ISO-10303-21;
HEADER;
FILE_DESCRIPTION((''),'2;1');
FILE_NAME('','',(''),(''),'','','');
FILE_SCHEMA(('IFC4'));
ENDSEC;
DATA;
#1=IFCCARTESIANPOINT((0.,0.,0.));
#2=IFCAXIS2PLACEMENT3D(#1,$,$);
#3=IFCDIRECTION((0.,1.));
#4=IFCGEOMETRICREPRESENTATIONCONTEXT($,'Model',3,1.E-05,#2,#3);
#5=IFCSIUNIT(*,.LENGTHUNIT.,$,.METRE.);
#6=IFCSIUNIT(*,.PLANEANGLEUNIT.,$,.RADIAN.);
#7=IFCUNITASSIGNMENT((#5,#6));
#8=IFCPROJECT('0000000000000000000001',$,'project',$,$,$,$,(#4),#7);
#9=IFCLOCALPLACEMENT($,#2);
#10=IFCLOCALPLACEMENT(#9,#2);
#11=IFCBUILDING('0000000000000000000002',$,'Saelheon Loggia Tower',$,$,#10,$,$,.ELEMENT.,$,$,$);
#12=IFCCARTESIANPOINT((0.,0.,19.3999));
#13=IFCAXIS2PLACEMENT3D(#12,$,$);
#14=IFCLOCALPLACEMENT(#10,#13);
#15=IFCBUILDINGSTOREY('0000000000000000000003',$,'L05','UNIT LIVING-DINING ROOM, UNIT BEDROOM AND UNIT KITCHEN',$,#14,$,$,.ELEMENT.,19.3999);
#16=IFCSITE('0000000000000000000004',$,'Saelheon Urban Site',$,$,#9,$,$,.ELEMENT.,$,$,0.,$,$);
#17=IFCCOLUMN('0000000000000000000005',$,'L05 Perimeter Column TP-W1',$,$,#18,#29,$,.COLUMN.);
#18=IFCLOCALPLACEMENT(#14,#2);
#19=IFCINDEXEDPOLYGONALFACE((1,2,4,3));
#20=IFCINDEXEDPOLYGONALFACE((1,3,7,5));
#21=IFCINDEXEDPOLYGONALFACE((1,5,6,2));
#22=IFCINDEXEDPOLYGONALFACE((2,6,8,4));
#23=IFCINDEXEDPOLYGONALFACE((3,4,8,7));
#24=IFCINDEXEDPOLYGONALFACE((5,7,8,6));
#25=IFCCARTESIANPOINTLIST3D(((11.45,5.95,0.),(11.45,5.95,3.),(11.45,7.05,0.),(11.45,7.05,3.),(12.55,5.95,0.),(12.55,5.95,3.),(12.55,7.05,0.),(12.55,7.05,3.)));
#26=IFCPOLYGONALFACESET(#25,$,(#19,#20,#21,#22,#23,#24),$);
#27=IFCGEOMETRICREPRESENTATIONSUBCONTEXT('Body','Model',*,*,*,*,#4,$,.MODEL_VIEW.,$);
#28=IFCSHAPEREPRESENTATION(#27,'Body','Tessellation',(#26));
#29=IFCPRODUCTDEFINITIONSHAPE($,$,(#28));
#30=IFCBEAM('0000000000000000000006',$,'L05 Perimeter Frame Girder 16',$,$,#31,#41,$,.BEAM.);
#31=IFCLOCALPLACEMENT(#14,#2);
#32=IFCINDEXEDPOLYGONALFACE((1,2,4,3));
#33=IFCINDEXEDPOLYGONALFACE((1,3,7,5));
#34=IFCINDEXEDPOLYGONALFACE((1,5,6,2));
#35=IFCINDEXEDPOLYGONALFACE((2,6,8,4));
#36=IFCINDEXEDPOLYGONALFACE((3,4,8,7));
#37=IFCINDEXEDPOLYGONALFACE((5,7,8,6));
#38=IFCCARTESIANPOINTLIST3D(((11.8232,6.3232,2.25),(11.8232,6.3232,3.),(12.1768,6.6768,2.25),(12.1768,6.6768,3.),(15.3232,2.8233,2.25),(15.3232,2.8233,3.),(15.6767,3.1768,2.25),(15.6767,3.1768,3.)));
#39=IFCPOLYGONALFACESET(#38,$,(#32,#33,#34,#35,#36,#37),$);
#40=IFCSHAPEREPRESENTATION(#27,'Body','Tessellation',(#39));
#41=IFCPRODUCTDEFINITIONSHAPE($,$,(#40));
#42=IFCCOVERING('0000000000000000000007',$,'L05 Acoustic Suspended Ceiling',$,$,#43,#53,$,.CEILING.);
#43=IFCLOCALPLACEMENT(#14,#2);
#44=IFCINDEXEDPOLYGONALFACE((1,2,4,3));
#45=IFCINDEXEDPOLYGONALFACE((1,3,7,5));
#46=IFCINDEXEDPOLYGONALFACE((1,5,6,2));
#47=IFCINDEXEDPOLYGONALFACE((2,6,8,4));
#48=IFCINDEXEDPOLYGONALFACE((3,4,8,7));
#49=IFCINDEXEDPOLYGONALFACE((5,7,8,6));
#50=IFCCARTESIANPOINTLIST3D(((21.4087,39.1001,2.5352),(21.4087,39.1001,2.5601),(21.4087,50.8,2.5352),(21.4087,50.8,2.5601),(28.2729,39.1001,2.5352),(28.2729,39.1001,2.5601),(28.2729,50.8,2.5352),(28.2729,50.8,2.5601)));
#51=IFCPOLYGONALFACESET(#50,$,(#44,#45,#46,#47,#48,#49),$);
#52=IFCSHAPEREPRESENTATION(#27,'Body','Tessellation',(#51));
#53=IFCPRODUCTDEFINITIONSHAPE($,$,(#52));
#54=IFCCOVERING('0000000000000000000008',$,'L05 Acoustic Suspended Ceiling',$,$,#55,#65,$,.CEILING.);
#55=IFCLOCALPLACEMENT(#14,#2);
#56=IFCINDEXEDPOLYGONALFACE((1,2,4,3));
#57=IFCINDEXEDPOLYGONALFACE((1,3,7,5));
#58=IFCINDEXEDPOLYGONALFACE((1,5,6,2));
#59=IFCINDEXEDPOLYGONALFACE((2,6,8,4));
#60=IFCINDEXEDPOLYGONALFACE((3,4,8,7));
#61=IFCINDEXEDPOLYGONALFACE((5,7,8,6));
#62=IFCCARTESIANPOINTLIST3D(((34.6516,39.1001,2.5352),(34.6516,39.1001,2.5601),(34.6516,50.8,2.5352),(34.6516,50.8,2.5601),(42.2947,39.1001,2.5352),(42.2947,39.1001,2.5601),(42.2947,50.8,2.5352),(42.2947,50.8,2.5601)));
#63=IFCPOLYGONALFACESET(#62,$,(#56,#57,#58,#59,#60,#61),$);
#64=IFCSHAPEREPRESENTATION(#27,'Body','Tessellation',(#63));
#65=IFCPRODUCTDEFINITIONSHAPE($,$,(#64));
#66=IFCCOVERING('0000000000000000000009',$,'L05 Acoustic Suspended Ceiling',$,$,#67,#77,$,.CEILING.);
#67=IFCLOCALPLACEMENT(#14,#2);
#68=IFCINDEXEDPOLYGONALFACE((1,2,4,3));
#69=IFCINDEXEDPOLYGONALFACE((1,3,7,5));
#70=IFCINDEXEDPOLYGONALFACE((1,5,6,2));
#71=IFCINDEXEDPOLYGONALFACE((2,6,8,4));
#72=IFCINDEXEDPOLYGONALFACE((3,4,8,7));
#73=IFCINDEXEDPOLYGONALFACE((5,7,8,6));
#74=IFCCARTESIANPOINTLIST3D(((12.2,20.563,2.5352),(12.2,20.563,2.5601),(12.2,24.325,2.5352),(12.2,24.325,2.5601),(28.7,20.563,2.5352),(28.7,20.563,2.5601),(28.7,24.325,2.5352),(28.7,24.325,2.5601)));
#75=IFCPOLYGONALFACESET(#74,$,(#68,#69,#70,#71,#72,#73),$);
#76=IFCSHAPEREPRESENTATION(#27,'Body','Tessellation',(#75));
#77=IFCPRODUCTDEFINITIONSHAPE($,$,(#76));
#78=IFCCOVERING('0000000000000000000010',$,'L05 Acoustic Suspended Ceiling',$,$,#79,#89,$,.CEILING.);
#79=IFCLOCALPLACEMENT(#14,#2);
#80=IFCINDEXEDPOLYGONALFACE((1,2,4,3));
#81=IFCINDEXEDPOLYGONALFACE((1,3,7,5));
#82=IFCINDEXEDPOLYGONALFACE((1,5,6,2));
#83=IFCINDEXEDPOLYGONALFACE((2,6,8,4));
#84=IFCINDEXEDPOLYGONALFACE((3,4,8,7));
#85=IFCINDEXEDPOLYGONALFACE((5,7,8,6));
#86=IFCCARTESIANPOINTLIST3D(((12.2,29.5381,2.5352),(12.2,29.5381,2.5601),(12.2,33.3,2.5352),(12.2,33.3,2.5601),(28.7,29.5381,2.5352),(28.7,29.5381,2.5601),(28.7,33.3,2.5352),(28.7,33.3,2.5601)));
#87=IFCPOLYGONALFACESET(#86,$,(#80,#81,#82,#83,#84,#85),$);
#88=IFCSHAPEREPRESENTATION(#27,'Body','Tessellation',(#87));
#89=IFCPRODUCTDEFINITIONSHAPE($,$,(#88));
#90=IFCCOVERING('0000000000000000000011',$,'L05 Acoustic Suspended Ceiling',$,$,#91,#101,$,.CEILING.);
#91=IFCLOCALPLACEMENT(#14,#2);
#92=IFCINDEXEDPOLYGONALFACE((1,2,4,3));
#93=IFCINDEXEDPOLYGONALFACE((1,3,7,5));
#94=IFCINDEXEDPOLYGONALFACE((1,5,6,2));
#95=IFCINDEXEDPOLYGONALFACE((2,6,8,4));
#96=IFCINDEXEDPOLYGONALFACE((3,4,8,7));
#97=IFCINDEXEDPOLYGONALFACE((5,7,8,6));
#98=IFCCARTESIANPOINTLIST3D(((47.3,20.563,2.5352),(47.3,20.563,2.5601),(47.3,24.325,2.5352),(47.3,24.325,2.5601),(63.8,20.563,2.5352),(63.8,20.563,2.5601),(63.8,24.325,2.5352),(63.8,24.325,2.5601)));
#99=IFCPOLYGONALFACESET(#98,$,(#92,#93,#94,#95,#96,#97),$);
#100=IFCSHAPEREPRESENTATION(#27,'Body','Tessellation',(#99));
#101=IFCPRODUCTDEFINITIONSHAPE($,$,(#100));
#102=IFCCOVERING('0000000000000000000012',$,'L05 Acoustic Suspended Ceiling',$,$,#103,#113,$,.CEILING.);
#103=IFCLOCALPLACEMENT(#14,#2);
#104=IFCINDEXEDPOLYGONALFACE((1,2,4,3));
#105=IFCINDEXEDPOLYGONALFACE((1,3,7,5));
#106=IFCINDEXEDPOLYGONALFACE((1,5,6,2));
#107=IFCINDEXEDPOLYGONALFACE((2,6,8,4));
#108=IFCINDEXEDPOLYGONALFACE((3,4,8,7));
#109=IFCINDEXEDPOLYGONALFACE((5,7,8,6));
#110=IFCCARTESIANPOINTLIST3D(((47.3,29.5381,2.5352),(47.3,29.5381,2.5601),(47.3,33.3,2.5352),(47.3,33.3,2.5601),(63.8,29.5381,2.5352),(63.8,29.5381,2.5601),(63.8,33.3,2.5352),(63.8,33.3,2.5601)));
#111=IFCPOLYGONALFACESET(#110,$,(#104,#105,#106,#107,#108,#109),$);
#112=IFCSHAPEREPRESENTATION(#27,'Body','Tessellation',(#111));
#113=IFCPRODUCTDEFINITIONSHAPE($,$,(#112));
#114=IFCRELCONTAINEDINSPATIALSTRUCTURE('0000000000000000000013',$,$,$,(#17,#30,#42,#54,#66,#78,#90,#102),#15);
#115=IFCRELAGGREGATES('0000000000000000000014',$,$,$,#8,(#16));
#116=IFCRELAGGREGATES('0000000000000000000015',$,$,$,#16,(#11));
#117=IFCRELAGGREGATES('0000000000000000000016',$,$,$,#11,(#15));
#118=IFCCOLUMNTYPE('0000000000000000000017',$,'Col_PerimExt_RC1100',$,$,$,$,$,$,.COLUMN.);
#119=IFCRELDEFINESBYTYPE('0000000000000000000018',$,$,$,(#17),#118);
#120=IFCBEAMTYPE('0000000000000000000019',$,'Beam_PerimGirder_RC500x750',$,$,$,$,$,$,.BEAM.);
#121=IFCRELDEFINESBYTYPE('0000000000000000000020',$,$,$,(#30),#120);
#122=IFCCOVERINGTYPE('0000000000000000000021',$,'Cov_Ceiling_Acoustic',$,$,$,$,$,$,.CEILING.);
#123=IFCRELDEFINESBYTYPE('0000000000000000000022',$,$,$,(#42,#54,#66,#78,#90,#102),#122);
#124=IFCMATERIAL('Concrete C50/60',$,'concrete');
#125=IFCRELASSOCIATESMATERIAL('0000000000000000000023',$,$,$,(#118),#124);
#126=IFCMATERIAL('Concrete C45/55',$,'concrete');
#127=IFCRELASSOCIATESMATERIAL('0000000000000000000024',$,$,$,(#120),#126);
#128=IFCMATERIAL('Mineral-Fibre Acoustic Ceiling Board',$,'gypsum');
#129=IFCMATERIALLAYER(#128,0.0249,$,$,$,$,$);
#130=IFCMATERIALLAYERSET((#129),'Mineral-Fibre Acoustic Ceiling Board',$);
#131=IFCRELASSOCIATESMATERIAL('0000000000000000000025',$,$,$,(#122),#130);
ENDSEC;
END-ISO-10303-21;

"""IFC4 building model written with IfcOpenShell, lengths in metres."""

from ifc_helpers import new_model, si_unit, direction, frame, origin, origin_2d, place, context, subcontext, project, spatial, polyline, rectangle, outline, extrude, source, transform, mapped, material, layer, layer_set, material_profile, profile_set, type_object, element, save


model = new_model("IFC4")

# Units and contexts
model_context = context("Model", 3, precision=1e-05, world=origin(), true_north=direction((0.0, 1.0)))
body_context = subcontext(model_context, "Body", "Model", "MODEL_VIEW")
ifc_project = project(units=[si_unit("LENGTHUNIT", "METRE"), si_unit("PLANEANGLEUNIT", "RADIAN")], contexts=[model_context])

# Site, building, storey
site_placement = place(None, origin())
site = spatial("IfcSite", under=ifc_project, at=site_placement, Name="Saelheon Urban Site", CompositionType="ELEMENT", RefElevation=0.0)
building_placement = place(site_placement, origin())
building = spatial("IfcBuilding", under=site, at=building_placement, Name="Saelheon Loggia Tower", CompositionType="ELEMENT")
storey_placement = place(building_placement, frame((0.0, 0.0, 19.3999)))
storey = spatial("IfcBuildingStorey", under=building, at=storey_placement, Name="L05", Description="UNIT LIVING-DINING ROOM, UNIT BEDROOM AND UNIT KITCHEN", CompositionType="ELEMENT", Elevation=19.3999)

# Column
ifc_material_1 = material(Name="Concrete C50/60", Category="concrete")
ifc_material_profile_1 = material_profile(ifc_material_1, rectangle(XDim=1.1001, YDim=1.1001, at=origin_2d()), Name="RC-1100x1100")
ifc_profile_set_1 = profile_set([ifc_material_profile_1], Name="Concrete C50/60")
column_type = type_object("IfcColumnType", Name="Col_PerimExt_RC1100", PredefinedType="COLUMN", material=ifc_profile_set_1)
shared_shape_1 = source(origin(), body_context, "Body", "SweptSolid", [
    extrude(rectangle(XDim=1.1001, YDim=1.1001, at=origin_2d()), origin(), (0.0, 0.0, 1.0), 3.0),
])
column_placement = place(storey_placement, frame((12.0, 6.5, 0.0), z_axis=(0.0, 0.0, 1.0), x_axis=(1.0, 0.0, 0.0)))
element("IfcColumn", 1, at=column_placement, inside=storey, type_object=column_type, Name="L05 Perimeter Column TP-W1", PredefinedType="COLUMN", context=body_context, shape_type="MappedRepresentation", body=[
    mapped(shared_shape_1, transform((0.0, 0.0, 0.0), scale=1.0)),
])

# Beam
ifc_material_2 = material(Name="Concrete C45/55", Category="concrete")
ifc_material_profile_2 = material_profile(ifc_material_2, rectangle(XDim=0.5, YDim=0.75, at=origin_2d()), Name="RC-500x750")
ifc_profile_set_2 = profile_set([ifc_material_profile_2], Name="Concrete C45/55")
beam_type = type_object("IfcBeamType", Name="Beam_PerimGirder_RC500x750", PredefinedType="BEAM", material=ifc_profile_set_2)
shared_shape_2 = source(origin(), body_context, "Body", "SweptSolid", [
    extrude(rectangle(XDim=0.5, YDim=0.75, at=origin_2d()), origin(), (0.0, 0.0, 1.0), 4.9497),
])
beam_placement = place(storey_placement, frame((12.0, 6.5, 2.625), z_axis=(0.707107, -0.707107, 0.0), x_axis=(0.707107, 0.707107, 0.0)))
element("IfcBeam", 2, at=beam_placement, inside=storey, type_object=beam_type, Name="L05 Perimeter Frame Girder 16", PredefinedType="BEAM", context=body_context, shape_type="MappedRepresentation", body=[
    mapped(shared_shape_2, transform((0.0, 0.0, 0.0), scale=1.0)),
])

# Coverings
ifc_material_3 = material(Name="Mineral-Fibre Acoustic Ceiling Board", Category="gypsum")
ifc_layer = layer(ifc_material_3, 0.0249)
ifc_layer_set = layer_set([ifc_layer], Name="Mineral-Fibre Acoustic Ceiling Board")
covering_type = type_object("IfcCoveringType", Name="Cov_Ceiling_Acoustic", PredefinedType="CEILING", material=ifc_layer_set)
covering_1_placement = place(storey_placement, frame((0.0, 0.0, 2.5352)))
element("IfcCovering", 3, at=covering_1_placement, inside=storey, type_object=covering_type, Name="L05 Acoustic Suspended Ceiling", PredefinedType="CEILING", context=body_context, shape_type="SweptSolid", body=[
    extrude(outline(polyline([(21.4087, 39.1001), (28.2729, 39.1001), (28.2729, 50.8), (21.4087, 50.8), (21.4087, 39.1001)])), origin(), (0.0, 0.0, 1.0), 0.0249),
])
covering_2_placement = place(storey_placement, frame((0.0, 0.0, 2.5352)))
element("IfcCovering", 4, at=covering_2_placement, inside=storey, type_object=covering_type, Name="L05 Acoustic Suspended Ceiling", PredefinedType="CEILING", context=body_context, shape_type="SweptSolid", body=[
    extrude(outline(polyline([(34.6516, 39.1001), (42.2947, 39.1001), (42.2947, 50.8), (34.6516, 50.8), (34.6516, 39.1001)])), origin(), (0.0, 0.0, 1.0), 0.0249),
])
covering_3_placement = place(storey_placement, frame((0.0, 0.0, 2.5352)))
element("IfcCovering", 5, at=covering_3_placement, inside=storey, type_object=covering_type, Name="L05 Acoustic Suspended Ceiling", PredefinedType="CEILING", context=body_context, shape_type="SweptSolid", body=[
    extrude(outline(polyline([(12.2, 20.563), (28.7, 20.563), (28.7, 24.325), (12.2, 24.325), (12.2, 20.563)])), origin(), (0.0, 0.0, 1.0), 0.0249),
])
covering_4_placement = place(storey_placement, frame((0.0, 0.0, 2.5352)))
element("IfcCovering", 6, at=covering_4_placement, inside=storey, type_object=covering_type, Name="L05 Acoustic Suspended Ceiling", PredefinedType="CEILING", context=body_context, shape_type="SweptSolid", body=[
    extrude(outline(polyline([(12.2, 29.5381), (28.7, 29.5381), (28.7, 33.3), (12.2, 33.3), (12.2, 29.5381)])), origin(), (0.0, 0.0, 1.0), 0.0249),
])
covering_5_placement = place(storey_placement, frame((0.0, 0.0, 2.5352)))
element("IfcCovering", 7, at=covering_5_placement, inside=storey, type_object=covering_type, Name="L05 Acoustic Suspended Ceiling", PredefinedType="CEILING", context=body_context, shape_type="SweptSolid", body=[
    extrude(outline(polyline([(47.3, 20.563), (63.8, 20.563), (63.8, 24.325), (47.3, 24.325), (47.3, 20.563)])), origin(), (0.0, 0.0, 1.0), 0.0249),
])
covering_6_placement = place(storey_placement, frame((0.0, 0.0, 2.5352)))
element("IfcCovering", 8, at=covering_6_placement, inside=storey, type_object=covering_type, Name="L05 Acoustic Suspended Ceiling", PredefinedType="CEILING", context=body_context, shape_type="SweptSolid", body=[
    extrude(outline(polyline([(47.3, 29.5381), (63.8, 29.5381), (63.8, 33.3), (47.3, 33.3), (47.3, 29.5381)])), origin(), (0.0, 0.0, 1.0), 0.0249),
])

save(model, "model.ifc")
